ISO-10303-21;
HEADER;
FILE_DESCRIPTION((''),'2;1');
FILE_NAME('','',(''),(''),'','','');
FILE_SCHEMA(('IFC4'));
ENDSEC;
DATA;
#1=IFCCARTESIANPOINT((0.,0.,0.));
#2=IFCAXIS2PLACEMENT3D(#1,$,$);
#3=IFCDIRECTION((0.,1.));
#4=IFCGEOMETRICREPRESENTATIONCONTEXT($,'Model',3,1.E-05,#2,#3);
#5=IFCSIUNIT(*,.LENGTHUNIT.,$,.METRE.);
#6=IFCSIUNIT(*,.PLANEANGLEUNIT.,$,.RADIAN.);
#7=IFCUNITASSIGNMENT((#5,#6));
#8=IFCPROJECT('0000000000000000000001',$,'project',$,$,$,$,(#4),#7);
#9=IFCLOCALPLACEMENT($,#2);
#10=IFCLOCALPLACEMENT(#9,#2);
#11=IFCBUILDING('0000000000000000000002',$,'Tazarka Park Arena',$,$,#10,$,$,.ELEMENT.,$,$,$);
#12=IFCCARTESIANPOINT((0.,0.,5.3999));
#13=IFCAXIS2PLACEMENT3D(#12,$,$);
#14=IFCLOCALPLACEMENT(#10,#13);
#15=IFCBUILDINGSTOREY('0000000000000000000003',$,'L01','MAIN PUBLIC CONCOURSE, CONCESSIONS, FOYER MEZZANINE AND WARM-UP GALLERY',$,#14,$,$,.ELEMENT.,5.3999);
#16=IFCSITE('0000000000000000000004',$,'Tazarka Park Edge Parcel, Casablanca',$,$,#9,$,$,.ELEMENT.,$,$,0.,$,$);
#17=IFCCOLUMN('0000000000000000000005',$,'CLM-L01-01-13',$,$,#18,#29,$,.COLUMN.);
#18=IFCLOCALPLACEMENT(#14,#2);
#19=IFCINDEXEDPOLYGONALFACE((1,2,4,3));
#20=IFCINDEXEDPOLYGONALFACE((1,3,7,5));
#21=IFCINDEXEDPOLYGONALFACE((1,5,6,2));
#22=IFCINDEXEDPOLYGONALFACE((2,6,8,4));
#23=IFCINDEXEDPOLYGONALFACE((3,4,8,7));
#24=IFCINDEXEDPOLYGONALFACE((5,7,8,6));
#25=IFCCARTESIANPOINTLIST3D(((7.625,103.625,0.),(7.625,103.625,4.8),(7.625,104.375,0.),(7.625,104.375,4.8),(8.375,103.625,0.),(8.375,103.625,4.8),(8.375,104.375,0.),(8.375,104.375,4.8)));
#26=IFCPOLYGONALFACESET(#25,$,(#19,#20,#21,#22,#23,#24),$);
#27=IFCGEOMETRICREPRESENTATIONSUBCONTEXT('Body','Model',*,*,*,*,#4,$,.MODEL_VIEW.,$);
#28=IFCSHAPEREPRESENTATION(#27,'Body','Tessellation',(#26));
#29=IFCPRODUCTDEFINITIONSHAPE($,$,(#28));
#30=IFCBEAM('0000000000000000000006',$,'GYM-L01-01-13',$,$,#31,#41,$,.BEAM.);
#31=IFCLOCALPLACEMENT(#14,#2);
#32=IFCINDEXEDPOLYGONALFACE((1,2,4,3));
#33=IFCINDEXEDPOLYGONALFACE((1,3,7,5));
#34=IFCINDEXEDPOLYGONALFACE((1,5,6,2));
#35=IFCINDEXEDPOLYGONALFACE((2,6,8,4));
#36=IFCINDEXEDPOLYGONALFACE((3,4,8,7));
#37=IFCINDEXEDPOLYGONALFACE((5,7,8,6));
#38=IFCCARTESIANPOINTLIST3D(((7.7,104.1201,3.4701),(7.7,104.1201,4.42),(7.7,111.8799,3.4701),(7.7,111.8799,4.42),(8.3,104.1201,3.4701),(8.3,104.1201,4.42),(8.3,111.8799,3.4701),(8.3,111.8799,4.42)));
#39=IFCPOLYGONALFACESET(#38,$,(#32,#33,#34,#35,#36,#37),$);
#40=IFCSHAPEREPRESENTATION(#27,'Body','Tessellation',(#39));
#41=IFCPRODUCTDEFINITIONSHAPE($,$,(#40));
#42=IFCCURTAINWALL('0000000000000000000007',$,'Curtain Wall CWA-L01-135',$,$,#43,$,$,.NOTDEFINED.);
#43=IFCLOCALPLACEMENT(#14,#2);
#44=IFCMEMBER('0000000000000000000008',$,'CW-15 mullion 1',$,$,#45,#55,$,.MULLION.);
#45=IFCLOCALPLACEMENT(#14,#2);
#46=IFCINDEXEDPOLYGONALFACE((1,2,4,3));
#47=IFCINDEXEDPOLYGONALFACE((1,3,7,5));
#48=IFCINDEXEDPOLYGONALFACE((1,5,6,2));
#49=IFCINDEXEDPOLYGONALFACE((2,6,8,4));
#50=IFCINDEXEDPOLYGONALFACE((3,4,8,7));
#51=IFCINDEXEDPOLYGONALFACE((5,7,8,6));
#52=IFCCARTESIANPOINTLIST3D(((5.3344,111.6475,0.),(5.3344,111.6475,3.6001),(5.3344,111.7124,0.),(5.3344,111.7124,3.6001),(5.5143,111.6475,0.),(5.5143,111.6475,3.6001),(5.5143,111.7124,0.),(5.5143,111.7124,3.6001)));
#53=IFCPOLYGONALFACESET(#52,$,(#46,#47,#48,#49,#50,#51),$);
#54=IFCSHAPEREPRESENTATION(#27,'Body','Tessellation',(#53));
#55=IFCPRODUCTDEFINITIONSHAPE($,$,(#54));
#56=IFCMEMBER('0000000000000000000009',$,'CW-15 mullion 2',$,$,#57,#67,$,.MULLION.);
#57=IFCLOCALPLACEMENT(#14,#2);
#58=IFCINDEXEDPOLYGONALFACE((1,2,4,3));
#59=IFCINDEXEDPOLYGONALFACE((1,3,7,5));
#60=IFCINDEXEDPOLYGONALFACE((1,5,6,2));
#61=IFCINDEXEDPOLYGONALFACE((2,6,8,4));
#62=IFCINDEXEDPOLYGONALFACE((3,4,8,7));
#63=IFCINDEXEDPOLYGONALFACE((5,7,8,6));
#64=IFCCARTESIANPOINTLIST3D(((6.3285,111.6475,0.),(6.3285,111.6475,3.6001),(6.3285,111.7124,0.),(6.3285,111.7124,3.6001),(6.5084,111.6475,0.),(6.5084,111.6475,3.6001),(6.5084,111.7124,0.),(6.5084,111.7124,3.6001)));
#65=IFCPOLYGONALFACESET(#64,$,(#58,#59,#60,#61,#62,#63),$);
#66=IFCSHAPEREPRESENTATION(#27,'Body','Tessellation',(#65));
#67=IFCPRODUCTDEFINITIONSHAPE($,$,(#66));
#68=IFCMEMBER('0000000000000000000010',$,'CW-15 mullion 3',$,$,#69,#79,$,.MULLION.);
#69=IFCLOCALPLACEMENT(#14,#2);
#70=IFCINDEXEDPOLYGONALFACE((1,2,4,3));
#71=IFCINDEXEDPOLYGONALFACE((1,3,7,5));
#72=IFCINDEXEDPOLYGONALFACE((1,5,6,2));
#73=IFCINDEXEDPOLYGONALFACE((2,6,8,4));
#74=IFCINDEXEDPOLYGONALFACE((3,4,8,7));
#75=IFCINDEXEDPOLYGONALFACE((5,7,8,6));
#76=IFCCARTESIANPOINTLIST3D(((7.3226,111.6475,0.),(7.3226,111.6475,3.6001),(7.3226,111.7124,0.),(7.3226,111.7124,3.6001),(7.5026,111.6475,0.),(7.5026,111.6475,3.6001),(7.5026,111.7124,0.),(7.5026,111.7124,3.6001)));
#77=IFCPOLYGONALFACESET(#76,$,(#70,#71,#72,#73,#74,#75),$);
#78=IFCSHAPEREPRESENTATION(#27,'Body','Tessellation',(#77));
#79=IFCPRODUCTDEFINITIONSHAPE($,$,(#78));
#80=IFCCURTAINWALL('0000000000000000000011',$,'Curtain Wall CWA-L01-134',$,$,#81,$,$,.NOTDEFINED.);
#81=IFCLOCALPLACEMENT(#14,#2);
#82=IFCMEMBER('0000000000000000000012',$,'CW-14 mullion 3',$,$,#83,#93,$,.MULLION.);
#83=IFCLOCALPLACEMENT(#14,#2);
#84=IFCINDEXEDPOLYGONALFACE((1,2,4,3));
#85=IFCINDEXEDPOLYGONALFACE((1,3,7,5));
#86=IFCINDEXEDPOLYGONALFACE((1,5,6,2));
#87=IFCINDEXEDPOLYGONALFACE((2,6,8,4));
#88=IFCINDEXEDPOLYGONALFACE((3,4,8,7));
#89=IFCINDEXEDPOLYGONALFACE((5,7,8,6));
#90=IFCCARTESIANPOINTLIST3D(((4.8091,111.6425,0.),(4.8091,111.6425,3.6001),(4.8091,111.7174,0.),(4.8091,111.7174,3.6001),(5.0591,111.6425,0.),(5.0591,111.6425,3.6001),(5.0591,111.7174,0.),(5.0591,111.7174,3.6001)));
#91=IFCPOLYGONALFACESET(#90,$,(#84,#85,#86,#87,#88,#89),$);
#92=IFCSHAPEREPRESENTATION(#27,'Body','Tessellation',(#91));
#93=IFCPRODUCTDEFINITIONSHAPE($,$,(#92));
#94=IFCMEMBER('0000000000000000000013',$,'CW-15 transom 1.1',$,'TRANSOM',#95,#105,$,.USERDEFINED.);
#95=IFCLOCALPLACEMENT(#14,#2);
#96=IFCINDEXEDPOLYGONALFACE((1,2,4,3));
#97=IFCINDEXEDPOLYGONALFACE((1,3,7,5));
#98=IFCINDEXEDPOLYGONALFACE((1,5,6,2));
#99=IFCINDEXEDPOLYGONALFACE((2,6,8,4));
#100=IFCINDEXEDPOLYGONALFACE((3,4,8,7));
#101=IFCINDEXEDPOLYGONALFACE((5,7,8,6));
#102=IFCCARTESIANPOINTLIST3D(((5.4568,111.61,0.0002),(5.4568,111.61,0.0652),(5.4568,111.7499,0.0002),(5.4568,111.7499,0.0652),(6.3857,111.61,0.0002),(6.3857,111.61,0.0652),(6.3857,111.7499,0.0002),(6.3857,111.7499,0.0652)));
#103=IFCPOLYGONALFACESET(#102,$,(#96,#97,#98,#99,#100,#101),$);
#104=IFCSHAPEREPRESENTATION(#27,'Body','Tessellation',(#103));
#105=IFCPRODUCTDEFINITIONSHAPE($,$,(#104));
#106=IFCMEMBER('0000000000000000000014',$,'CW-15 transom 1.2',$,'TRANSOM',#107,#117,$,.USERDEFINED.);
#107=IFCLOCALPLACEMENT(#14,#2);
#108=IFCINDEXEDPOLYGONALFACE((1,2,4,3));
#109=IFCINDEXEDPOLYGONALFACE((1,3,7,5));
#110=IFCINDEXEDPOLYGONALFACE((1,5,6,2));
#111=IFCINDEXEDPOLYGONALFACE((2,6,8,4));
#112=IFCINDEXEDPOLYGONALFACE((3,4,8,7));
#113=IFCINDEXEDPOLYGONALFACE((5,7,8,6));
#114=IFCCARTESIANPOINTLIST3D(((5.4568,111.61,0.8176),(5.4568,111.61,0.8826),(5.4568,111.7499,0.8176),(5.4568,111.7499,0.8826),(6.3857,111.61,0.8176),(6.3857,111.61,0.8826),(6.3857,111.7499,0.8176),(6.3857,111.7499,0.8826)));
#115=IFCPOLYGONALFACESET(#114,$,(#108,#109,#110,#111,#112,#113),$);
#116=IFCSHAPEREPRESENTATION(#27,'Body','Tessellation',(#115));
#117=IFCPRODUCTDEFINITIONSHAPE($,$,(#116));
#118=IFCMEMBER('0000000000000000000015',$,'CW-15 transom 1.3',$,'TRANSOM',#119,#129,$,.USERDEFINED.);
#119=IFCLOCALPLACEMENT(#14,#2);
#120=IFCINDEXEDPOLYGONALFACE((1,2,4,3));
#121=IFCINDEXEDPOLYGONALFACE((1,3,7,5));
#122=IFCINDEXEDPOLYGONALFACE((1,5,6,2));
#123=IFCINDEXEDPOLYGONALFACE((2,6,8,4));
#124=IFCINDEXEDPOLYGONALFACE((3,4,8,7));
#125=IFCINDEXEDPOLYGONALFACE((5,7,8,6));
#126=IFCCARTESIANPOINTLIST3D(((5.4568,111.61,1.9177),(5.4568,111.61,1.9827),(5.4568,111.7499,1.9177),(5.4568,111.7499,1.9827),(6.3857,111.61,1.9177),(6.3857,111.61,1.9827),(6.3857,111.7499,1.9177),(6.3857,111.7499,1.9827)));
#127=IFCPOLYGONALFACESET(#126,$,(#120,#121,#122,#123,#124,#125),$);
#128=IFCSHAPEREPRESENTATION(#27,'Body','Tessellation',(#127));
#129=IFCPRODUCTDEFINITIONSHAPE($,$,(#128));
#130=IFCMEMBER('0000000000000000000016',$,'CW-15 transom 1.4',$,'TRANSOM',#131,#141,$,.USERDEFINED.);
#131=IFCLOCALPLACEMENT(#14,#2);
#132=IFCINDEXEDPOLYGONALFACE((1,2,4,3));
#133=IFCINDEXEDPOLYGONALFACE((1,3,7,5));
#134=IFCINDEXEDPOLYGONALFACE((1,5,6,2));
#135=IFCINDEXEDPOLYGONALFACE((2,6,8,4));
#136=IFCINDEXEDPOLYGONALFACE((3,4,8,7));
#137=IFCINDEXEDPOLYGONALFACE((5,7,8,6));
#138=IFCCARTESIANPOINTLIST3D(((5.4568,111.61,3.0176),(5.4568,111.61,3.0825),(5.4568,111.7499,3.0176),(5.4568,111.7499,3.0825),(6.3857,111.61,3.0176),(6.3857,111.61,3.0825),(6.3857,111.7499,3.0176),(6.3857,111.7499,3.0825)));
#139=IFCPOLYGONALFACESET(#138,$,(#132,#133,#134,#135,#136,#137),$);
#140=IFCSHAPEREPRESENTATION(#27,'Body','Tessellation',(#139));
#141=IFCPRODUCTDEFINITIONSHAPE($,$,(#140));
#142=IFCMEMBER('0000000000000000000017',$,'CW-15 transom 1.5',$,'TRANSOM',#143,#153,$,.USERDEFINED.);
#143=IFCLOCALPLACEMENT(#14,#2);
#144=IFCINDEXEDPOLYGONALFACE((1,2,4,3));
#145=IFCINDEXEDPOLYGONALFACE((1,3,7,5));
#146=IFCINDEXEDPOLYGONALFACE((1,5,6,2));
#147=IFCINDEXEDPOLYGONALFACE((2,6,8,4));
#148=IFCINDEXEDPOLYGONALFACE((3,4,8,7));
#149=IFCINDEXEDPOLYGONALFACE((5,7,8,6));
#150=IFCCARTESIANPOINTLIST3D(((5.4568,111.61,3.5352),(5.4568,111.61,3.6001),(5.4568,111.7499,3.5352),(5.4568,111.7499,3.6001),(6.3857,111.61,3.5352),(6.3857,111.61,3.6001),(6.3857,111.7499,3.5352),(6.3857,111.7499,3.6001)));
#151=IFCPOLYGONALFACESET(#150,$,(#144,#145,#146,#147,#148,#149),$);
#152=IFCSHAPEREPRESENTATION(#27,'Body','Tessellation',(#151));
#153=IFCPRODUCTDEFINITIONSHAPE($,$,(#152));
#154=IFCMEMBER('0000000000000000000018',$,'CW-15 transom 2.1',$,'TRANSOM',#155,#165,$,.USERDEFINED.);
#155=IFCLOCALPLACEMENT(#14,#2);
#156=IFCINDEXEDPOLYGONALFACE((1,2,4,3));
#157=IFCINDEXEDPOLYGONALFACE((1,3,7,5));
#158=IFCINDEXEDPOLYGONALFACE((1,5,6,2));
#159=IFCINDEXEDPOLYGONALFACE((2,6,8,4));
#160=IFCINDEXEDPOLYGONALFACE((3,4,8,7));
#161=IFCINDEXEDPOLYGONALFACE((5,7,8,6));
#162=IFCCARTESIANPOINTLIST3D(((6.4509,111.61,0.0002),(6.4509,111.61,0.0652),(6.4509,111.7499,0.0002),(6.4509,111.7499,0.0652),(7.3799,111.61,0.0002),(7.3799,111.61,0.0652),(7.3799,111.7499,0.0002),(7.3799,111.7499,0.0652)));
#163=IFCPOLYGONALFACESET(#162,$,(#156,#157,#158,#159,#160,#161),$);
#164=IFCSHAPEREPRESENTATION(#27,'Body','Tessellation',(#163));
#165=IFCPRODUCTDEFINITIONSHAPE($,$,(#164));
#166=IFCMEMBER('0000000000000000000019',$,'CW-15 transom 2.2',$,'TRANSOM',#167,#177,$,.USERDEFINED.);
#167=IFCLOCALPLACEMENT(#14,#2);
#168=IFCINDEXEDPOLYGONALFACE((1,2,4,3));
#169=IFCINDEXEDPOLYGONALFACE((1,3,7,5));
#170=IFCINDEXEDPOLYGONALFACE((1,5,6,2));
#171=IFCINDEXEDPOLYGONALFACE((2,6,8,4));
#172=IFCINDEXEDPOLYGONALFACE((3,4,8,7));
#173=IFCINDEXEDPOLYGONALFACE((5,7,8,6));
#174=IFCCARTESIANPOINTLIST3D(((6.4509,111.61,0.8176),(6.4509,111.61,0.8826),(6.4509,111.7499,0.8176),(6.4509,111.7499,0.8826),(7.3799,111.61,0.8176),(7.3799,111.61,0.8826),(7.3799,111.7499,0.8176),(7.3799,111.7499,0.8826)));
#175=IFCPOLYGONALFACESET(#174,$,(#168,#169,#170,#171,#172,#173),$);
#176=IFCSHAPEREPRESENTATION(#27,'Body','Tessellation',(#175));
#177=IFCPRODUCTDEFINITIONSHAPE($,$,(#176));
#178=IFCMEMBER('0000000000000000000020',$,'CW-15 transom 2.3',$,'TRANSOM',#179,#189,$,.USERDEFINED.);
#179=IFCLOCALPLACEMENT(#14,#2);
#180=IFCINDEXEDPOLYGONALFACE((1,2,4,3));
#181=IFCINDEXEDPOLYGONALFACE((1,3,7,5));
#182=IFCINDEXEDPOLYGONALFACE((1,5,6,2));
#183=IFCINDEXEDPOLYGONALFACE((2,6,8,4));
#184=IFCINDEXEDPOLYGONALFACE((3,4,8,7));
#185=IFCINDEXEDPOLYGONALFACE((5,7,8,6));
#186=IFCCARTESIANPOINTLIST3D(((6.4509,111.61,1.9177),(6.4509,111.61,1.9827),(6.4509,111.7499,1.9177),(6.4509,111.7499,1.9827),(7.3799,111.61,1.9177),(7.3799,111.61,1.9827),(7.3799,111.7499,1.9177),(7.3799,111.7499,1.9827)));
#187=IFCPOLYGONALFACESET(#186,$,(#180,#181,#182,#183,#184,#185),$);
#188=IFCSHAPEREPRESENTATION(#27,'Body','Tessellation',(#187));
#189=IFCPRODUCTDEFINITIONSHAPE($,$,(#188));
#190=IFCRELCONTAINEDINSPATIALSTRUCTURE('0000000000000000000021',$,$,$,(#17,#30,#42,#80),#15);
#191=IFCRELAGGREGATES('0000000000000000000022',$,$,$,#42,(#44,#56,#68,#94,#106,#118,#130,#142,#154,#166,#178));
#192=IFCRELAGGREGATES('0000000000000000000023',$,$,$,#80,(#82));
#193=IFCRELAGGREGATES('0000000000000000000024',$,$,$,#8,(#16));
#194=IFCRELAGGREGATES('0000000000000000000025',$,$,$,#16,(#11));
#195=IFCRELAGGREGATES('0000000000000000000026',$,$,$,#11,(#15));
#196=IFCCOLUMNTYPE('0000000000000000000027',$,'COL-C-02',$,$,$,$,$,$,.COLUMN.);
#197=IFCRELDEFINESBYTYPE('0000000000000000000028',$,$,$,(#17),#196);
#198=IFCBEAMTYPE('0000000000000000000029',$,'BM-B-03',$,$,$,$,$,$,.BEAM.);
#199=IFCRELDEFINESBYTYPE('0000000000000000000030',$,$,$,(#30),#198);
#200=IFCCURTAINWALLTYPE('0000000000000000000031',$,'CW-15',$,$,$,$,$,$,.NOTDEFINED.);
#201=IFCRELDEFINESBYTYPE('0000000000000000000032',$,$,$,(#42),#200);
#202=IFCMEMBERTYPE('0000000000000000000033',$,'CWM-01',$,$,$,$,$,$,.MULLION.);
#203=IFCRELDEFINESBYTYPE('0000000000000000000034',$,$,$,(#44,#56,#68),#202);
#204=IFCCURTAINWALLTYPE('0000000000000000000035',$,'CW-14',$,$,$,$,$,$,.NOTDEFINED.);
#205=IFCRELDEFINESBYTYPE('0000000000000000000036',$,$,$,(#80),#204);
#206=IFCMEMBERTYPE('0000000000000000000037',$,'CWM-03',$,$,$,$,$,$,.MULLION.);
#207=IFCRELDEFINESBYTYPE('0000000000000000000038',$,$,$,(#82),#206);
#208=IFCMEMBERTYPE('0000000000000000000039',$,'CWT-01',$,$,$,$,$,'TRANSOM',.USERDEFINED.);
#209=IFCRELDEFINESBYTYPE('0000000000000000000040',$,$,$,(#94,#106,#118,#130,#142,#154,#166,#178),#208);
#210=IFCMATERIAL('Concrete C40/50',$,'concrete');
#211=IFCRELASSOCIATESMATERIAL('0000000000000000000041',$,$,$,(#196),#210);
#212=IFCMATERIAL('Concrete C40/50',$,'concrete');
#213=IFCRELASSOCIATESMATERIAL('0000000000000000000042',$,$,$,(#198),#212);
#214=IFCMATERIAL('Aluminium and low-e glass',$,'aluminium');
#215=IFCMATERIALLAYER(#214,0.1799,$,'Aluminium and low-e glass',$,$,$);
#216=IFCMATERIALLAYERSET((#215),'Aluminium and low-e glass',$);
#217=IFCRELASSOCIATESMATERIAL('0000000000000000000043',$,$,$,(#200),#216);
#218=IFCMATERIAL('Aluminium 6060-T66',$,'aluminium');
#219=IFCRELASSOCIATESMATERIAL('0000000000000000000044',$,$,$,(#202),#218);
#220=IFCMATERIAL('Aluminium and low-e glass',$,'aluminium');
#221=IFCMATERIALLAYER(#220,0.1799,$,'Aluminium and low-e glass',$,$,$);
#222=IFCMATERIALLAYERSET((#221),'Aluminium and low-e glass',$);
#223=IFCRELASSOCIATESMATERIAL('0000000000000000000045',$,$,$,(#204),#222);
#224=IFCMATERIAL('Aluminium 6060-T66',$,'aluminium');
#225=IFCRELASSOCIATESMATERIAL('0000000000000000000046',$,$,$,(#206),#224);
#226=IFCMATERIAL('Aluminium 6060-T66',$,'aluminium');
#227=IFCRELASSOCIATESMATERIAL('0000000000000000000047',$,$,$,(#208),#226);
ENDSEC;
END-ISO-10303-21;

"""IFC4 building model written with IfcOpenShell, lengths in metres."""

from ifc_helpers import new_model, si_unit, direction, frame, origin, origin_2d, place, context, subcontext, project, spatial, rectangle, extrude, material, layer, layer_set, material_profile, profile_set, type_object, element, aggregate, save


model = new_model("IFC4")

# Units and contexts
model_context = context("Model", 3, precision=1e-05, world=origin(), true_north=direction((0.0, 1.0)))
body_context = subcontext(model_context, "Body", "Model", "MODEL_VIEW")
ifc_project = project(units=[si_unit("LENGTHUNIT", "METRE"), si_unit("PLANEANGLEUNIT", "RADIAN")], contexts=[model_context])

# Site, building, storey
site_placement = place(None, origin())
site = spatial("IfcSite", under=ifc_project, at=site_placement, Name="Tazarka Park Edge Parcel, Casablanca", CompositionType="ELEMENT", RefElevation=0.0)
building_placement = place(site_placement, origin())
building = spatial("IfcBuilding", under=site, at=building_placement, Name="Tazarka Park Arena", CompositionType="ELEMENT")
storey_placement = place(building_placement, frame((0.0, 0.0, 5.3999)))
storey = spatial("IfcBuildingStorey", under=building, at=storey_placement, Name="L01", Description="MAIN PUBLIC CONCOURSE, CONCESSIONS, FOYER MEZZANINE AND WARM-UP GALLERY", CompositionType="ELEMENT", Elevation=5.3999)

# Column
ifc_material_1 = material(Name="Concrete C40/50", Category="concrete")
ifc_material_profile_1 = material_profile(ifc_material_1, rectangle(XDim=0.75, YDim=0.75, at=origin_2d()), Name="Concrete C40/50")
ifc_profile_set_1 = profile_set([ifc_material_profile_1], Name="Concrete C40/50")
column_type = type_object("IfcColumnType", Name="COL-C-02", PredefinedType="COLUMN", material=ifc_profile_set_1)
column_placement = place(storey_placement, frame((8.0, 104.0, 0.0), z_axis=(0.0, 0.0, 1.0), x_axis=(1.0, 0.0, 0.0)))
element("IfcColumn", 1, at=column_placement, inside=storey, type_object=column_type, Name="CLM-L01-01-13", PredefinedType="COLUMN", context=body_context, shape_type="SweptSolid", body=[
    extrude(rectangle(XDim=0.75, YDim=0.75, at=origin_2d()), origin(), (0.0, 0.0, 1.0), 4.8),
])

# Beam
ifc_material_2 = material(Name="Concrete C40/50", Category="concrete")
ifc_material_profile_2 = material_profile(ifc_material_2, rectangle(XDim=0.6001, YDim=0.95, at=origin_2d()), Name="Concrete C40/50")
ifc_profile_set_2 = profile_set([ifc_material_profile_2], Name="Concrete C40/50")
beam_type = type_object("IfcBeamType", Name="BM-B-03", PredefinedType="BEAM", material=ifc_profile_set_2)
beam_placement = place(storey_placement, frame((8.0, 104.1201, 3.9451), z_axis=(0.0, 1.0, 0.0), x_axis=(-1.0, 0.0, 0.0)))
element("IfcBeam", 2, at=beam_placement, inside=storey, type_object=beam_type, Name="GYM-L01-01-13", PredefinedType="BEAM", context=body_context, shape_type="SweptSolid", body=[
    extrude(rectangle(XDim=0.6001, YDim=0.95, at=origin_2d()), origin(), (0.0, 0.0, 1.0), 7.7598),
])

# Curtain wall, members
ifc_material_3 = material(Name="Aluminium and low-e glass", Category="aluminium")
ifc_layer_1 = layer(ifc_material_3, 0.1799, Name="Aluminium and low-e glass")
ifc_layer_set_1 = layer_set([ifc_layer_1], Name="Aluminium and low-e glass")
curtain_wall_type_1 = type_object("IfcCurtainWallType", Name="CW-15", PredefinedType="NOTDEFINED", material=ifc_layer_set_1)
curtain_wall_1_placement = place(storey_placement, origin())
curtain_wall_1 = element("IfcCurtainWall", 3, at=curtain_wall_1_placement, inside=storey, type_object=curtain_wall_type_1, Name="Curtain Wall CWA-L01-135", PredefinedType="NOTDEFINED")
ifc_material_4 = material(Name="Aluminium 6060-T66", Category="aluminium")
ifc_material_profile_3 = material_profile(ifc_material_4, rectangle(XDim=0.0649, YDim=0.1799, at=origin_2d()), Name="Aluminium 6060-T66")
ifc_profile_set_3 = profile_set([ifc_material_profile_3], Name="Aluminium 6060-T66")
member_type_1 = type_object("IfcMemberType", Name="CWM-01", PredefinedType="MULLION", material=ifc_profile_set_3)
member_1_placement = place(storey_placement, frame((5.4243, 111.6799, 0.0), z_axis=(0.0, 0.0, 1.0), x_axis=(0.0, 1.0, 0.0)))
member_1 = element("IfcMember", 4, at=member_1_placement, type_object=member_type_1, Name="CW-15 mullion 1", PredefinedType="MULLION", context=body_context, shape_type="SweptSolid", body=[
    extrude(rectangle(XDim=0.0649, YDim=0.1799, at=origin_2d()), origin(), (0.0, 0.0, 1.0), 3.6001),
])
member_2_placement = place(storey_placement, frame((6.4185, 111.6799, 0.0), z_axis=(0.0, 0.0, 1.0), x_axis=(0.0, 1.0, 0.0)))
member_2 = element("IfcMember", 5, at=member_2_placement, type_object=member_type_1, Name="CW-15 mullion 2", PredefinedType="MULLION", context=body_context, shape_type="SweptSolid", body=[
    extrude(rectangle(XDim=0.0649, YDim=0.1799, at=origin_2d()), origin(), (0.0, 0.0, 1.0), 3.6001),
])
member_3_placement = place(storey_placement, frame((7.4126, 111.6799, 0.0), z_axis=(0.0, 0.0, 1.0), x_axis=(0.0, 1.0, 0.0)))
member_3 = element("IfcMember", 6, at=member_3_placement, type_object=member_type_1, Name="CW-15 mullion 3", PredefinedType="MULLION", context=body_context, shape_type="SweptSolid", body=[
    extrude(rectangle(XDim=0.0649, YDim=0.1799, at=origin_2d()), origin(), (0.0, 0.0, 1.0), 3.6001),
])

# Curtain wall, member
ifc_material_5 = material(Name="Aluminium and low-e glass", Category="aluminium")
ifc_layer_2 = layer(ifc_material_5, 0.1799, Name="Aluminium and low-e glass")
ifc_layer_set_2 = layer_set([ifc_layer_2], Name="Aluminium and low-e glass")
curtain_wall_type_2 = type_object("IfcCurtainWallType", Name="CW-14", PredefinedType="NOTDEFINED", material=ifc_layer_set_2)
curtain_wall_2_placement = place(storey_placement, origin())
curtain_wall_2 = element("IfcCurtainWall", 7, at=curtain_wall_2_placement, inside=storey, type_object=curtain_wall_type_2, Name="Curtain Wall CWA-L01-134", PredefinedType="NOTDEFINED")
ifc_material_6 = material(Name="Aluminium 6060-T66", Category="aluminium")
ifc_material_profile_4 = material_profile(ifc_material_6, rectangle(XDim=0.075, YDim=0.25, at=origin_2d()), Name="Aluminium 6060-T66")
ifc_profile_set_4 = profile_set([ifc_material_profile_4], Name="Aluminium 6060-T66")
member_type_2 = type_object("IfcMemberType", Name="CWM-03", PredefinedType="MULLION", material=ifc_profile_set_4)
member_4_placement = place(storey_placement, frame((4.9341, 111.6799, 0.0), z_axis=(0.0, 0.0, 1.0), x_axis=(0.0, 1.0, 0.0)))
member_4 = element("IfcMember", 8, at=member_4_placement, type_object=member_type_2, Name="CW-14 mullion 3", PredefinedType="MULLION", context=body_context, shape_type="SweptSolid", body=[
    extrude(rectangle(XDim=0.075, YDim=0.25, at=origin_2d()), origin(), (0.0, 0.0, 1.0), 3.6001),
])

# Members
ifc_material_7 = material(Name="Aluminium 6060-T66", Category="aluminium")
ifc_material_profile_5 = material_profile(ifc_material_7, rectangle(XDim=0.1399, YDim=0.0649, at=origin_2d()), Name="Aluminium 6060-T66")
ifc_profile_set_5 = profile_set([ifc_material_profile_5], Name="Aluminium 6060-T66")
member_type_3 = type_object("IfcMemberType", Name="CWT-01", ElementType="TRANSOM", PredefinedType="USERDEFINED", material=ifc_profile_set_5)
member_5_placement = place(storey_placement, frame((5.4568, 111.6799, 0.0327), z_axis=(1.0, 0.0, 0.0), x_axis=(0.0, 1.0, 0.0)))
member_5 = element("IfcMember", 9, at=member_5_placement, type_object=member_type_3, Name="CW-15 transom 1.1", ObjectType="TRANSOM", PredefinedType="USERDEFINED", context=body_context, shape_type="SweptSolid", body=[
    extrude(rectangle(XDim=0.1399, YDim=0.0649, at=origin_2d()), origin(), (0.0, 0.0, 1.0), 0.929),
])
member_6_placement = place(storey_placement, frame((5.4568, 111.6799, 0.8501), z_axis=(1.0, 0.0, 0.0), x_axis=(0.0, 1.0, 0.0)))
member_6 = element("IfcMember", 10, at=member_6_placement, type_object=member_type_3, Name="CW-15 transom 1.2", ObjectType="TRANSOM", PredefinedType="USERDEFINED", context=body_context, shape_type="SweptSolid", body=[
    extrude(rectangle(XDim=0.1399, YDim=0.0649, at=origin_2d()), origin(), (0.0, 0.0, 1.0), 0.929),
])
member_7_placement = place(storey_placement, frame((5.4568, 111.6799, 1.9502), z_axis=(1.0, 0.0, 0.0), x_axis=(0.0, 1.0, 0.0)))
member_7 = element("IfcMember", 11, at=member_7_placement, type_object=member_type_3, Name="CW-15 transom 1.3", ObjectType="TRANSOM", PredefinedType="USERDEFINED", context=body_context, shape_type="SweptSolid", body=[
    extrude(rectangle(XDim=0.1399, YDim=0.0649, at=origin_2d()), origin(), (0.0, 0.0, 1.0), 0.929),
])
member_8_placement = place(storey_placement, frame((5.4568, 111.6799, 3.05), z_axis=(1.0, 0.0, 0.0), x_axis=(0.0, 1.0, 0.0)))
member_8 = element("IfcMember", 12, at=member_8_placement, type_object=member_type_3, Name="CW-15 transom 1.4", ObjectType="TRANSOM", PredefinedType="USERDEFINED", context=body_context, shape_type="SweptSolid", body=[
    extrude(rectangle(XDim=0.1399, YDim=0.0649, at=origin_2d()), origin(), (0.0, 0.0, 1.0), 0.929),
])
member_9_placement = place(storey_placement, frame((5.4568, 111.6799, 3.5676), z_axis=(1.0, 0.0, 0.0), x_axis=(0.0, 1.0, 0.0)))
member_9 = element("IfcMember", 13, at=member_9_placement, type_object=member_type_3, Name="CW-15 transom 1.5", ObjectType="TRANSOM", PredefinedType="USERDEFINED", context=body_context, shape_type="SweptSolid", body=[
    extrude(rectangle(XDim=0.1399, YDim=0.0649, at=origin_2d()), origin(), (0.0, 0.0, 1.0), 0.929),
])
member_10_placement = place(storey_placement, frame((6.4509, 111.6799, 0.0327), z_axis=(1.0, 0.0, 0.0), x_axis=(0.0, 1.0, 0.0)))
member_10 = element("IfcMember", 14, at=member_10_placement, type_object=member_type_3, Name="CW-15 transom 2.1", ObjectType="TRANSOM", PredefinedType="USERDEFINED", context=body_context, shape_type="SweptSolid", body=[
    extrude(rectangle(XDim=0.1399, YDim=0.0649, at=origin_2d()), origin(), (0.0, 0.0, 1.0), 0.929),
])
member_11_placement = place(storey_placement, frame((6.4509, 111.6799, 0.8501), z_axis=(1.0, 0.0, 0.0), x_axis=(0.0, 1.0, 0.0)))
member_11 = element("IfcMember", 15, at=member_11_placement, type_object=member_type_3, Name="CW-15 transom 2.2", ObjectType="TRANSOM", PredefinedType="USERDEFINED", context=body_context, shape_type="SweptSolid", body=[
    extrude(rectangle(XDim=0.1399, YDim=0.0649, at=origin_2d()), origin(), (0.0, 0.0, 1.0), 0.929),
])
member_12_placement = place(storey_placement, frame((6.4509, 111.6799, 1.9502), z_axis=(1.0, 0.0, 0.0), x_axis=(0.0, 1.0, 0.0)))
member_12 = element("IfcMember", 16, at=member_12_placement, type_object=member_type_3, Name="CW-15 transom 2.3", ObjectType="TRANSOM", PredefinedType="USERDEFINED", context=body_context, shape_type="SweptSolid", body=[
    extrude(rectangle(XDim=0.1399, YDim=0.0649, at=origin_2d()), origin(), (0.0, 0.0, 1.0), 0.929),
])

aggregate(curtain_wall_1, [member_1, member_2, member_3, member_5, member_6, member_7, member_8, member_9, member_10, member_11, member_12])
aggregate(curtain_wall_2, [member_4])

save(model, "model.ifc")
